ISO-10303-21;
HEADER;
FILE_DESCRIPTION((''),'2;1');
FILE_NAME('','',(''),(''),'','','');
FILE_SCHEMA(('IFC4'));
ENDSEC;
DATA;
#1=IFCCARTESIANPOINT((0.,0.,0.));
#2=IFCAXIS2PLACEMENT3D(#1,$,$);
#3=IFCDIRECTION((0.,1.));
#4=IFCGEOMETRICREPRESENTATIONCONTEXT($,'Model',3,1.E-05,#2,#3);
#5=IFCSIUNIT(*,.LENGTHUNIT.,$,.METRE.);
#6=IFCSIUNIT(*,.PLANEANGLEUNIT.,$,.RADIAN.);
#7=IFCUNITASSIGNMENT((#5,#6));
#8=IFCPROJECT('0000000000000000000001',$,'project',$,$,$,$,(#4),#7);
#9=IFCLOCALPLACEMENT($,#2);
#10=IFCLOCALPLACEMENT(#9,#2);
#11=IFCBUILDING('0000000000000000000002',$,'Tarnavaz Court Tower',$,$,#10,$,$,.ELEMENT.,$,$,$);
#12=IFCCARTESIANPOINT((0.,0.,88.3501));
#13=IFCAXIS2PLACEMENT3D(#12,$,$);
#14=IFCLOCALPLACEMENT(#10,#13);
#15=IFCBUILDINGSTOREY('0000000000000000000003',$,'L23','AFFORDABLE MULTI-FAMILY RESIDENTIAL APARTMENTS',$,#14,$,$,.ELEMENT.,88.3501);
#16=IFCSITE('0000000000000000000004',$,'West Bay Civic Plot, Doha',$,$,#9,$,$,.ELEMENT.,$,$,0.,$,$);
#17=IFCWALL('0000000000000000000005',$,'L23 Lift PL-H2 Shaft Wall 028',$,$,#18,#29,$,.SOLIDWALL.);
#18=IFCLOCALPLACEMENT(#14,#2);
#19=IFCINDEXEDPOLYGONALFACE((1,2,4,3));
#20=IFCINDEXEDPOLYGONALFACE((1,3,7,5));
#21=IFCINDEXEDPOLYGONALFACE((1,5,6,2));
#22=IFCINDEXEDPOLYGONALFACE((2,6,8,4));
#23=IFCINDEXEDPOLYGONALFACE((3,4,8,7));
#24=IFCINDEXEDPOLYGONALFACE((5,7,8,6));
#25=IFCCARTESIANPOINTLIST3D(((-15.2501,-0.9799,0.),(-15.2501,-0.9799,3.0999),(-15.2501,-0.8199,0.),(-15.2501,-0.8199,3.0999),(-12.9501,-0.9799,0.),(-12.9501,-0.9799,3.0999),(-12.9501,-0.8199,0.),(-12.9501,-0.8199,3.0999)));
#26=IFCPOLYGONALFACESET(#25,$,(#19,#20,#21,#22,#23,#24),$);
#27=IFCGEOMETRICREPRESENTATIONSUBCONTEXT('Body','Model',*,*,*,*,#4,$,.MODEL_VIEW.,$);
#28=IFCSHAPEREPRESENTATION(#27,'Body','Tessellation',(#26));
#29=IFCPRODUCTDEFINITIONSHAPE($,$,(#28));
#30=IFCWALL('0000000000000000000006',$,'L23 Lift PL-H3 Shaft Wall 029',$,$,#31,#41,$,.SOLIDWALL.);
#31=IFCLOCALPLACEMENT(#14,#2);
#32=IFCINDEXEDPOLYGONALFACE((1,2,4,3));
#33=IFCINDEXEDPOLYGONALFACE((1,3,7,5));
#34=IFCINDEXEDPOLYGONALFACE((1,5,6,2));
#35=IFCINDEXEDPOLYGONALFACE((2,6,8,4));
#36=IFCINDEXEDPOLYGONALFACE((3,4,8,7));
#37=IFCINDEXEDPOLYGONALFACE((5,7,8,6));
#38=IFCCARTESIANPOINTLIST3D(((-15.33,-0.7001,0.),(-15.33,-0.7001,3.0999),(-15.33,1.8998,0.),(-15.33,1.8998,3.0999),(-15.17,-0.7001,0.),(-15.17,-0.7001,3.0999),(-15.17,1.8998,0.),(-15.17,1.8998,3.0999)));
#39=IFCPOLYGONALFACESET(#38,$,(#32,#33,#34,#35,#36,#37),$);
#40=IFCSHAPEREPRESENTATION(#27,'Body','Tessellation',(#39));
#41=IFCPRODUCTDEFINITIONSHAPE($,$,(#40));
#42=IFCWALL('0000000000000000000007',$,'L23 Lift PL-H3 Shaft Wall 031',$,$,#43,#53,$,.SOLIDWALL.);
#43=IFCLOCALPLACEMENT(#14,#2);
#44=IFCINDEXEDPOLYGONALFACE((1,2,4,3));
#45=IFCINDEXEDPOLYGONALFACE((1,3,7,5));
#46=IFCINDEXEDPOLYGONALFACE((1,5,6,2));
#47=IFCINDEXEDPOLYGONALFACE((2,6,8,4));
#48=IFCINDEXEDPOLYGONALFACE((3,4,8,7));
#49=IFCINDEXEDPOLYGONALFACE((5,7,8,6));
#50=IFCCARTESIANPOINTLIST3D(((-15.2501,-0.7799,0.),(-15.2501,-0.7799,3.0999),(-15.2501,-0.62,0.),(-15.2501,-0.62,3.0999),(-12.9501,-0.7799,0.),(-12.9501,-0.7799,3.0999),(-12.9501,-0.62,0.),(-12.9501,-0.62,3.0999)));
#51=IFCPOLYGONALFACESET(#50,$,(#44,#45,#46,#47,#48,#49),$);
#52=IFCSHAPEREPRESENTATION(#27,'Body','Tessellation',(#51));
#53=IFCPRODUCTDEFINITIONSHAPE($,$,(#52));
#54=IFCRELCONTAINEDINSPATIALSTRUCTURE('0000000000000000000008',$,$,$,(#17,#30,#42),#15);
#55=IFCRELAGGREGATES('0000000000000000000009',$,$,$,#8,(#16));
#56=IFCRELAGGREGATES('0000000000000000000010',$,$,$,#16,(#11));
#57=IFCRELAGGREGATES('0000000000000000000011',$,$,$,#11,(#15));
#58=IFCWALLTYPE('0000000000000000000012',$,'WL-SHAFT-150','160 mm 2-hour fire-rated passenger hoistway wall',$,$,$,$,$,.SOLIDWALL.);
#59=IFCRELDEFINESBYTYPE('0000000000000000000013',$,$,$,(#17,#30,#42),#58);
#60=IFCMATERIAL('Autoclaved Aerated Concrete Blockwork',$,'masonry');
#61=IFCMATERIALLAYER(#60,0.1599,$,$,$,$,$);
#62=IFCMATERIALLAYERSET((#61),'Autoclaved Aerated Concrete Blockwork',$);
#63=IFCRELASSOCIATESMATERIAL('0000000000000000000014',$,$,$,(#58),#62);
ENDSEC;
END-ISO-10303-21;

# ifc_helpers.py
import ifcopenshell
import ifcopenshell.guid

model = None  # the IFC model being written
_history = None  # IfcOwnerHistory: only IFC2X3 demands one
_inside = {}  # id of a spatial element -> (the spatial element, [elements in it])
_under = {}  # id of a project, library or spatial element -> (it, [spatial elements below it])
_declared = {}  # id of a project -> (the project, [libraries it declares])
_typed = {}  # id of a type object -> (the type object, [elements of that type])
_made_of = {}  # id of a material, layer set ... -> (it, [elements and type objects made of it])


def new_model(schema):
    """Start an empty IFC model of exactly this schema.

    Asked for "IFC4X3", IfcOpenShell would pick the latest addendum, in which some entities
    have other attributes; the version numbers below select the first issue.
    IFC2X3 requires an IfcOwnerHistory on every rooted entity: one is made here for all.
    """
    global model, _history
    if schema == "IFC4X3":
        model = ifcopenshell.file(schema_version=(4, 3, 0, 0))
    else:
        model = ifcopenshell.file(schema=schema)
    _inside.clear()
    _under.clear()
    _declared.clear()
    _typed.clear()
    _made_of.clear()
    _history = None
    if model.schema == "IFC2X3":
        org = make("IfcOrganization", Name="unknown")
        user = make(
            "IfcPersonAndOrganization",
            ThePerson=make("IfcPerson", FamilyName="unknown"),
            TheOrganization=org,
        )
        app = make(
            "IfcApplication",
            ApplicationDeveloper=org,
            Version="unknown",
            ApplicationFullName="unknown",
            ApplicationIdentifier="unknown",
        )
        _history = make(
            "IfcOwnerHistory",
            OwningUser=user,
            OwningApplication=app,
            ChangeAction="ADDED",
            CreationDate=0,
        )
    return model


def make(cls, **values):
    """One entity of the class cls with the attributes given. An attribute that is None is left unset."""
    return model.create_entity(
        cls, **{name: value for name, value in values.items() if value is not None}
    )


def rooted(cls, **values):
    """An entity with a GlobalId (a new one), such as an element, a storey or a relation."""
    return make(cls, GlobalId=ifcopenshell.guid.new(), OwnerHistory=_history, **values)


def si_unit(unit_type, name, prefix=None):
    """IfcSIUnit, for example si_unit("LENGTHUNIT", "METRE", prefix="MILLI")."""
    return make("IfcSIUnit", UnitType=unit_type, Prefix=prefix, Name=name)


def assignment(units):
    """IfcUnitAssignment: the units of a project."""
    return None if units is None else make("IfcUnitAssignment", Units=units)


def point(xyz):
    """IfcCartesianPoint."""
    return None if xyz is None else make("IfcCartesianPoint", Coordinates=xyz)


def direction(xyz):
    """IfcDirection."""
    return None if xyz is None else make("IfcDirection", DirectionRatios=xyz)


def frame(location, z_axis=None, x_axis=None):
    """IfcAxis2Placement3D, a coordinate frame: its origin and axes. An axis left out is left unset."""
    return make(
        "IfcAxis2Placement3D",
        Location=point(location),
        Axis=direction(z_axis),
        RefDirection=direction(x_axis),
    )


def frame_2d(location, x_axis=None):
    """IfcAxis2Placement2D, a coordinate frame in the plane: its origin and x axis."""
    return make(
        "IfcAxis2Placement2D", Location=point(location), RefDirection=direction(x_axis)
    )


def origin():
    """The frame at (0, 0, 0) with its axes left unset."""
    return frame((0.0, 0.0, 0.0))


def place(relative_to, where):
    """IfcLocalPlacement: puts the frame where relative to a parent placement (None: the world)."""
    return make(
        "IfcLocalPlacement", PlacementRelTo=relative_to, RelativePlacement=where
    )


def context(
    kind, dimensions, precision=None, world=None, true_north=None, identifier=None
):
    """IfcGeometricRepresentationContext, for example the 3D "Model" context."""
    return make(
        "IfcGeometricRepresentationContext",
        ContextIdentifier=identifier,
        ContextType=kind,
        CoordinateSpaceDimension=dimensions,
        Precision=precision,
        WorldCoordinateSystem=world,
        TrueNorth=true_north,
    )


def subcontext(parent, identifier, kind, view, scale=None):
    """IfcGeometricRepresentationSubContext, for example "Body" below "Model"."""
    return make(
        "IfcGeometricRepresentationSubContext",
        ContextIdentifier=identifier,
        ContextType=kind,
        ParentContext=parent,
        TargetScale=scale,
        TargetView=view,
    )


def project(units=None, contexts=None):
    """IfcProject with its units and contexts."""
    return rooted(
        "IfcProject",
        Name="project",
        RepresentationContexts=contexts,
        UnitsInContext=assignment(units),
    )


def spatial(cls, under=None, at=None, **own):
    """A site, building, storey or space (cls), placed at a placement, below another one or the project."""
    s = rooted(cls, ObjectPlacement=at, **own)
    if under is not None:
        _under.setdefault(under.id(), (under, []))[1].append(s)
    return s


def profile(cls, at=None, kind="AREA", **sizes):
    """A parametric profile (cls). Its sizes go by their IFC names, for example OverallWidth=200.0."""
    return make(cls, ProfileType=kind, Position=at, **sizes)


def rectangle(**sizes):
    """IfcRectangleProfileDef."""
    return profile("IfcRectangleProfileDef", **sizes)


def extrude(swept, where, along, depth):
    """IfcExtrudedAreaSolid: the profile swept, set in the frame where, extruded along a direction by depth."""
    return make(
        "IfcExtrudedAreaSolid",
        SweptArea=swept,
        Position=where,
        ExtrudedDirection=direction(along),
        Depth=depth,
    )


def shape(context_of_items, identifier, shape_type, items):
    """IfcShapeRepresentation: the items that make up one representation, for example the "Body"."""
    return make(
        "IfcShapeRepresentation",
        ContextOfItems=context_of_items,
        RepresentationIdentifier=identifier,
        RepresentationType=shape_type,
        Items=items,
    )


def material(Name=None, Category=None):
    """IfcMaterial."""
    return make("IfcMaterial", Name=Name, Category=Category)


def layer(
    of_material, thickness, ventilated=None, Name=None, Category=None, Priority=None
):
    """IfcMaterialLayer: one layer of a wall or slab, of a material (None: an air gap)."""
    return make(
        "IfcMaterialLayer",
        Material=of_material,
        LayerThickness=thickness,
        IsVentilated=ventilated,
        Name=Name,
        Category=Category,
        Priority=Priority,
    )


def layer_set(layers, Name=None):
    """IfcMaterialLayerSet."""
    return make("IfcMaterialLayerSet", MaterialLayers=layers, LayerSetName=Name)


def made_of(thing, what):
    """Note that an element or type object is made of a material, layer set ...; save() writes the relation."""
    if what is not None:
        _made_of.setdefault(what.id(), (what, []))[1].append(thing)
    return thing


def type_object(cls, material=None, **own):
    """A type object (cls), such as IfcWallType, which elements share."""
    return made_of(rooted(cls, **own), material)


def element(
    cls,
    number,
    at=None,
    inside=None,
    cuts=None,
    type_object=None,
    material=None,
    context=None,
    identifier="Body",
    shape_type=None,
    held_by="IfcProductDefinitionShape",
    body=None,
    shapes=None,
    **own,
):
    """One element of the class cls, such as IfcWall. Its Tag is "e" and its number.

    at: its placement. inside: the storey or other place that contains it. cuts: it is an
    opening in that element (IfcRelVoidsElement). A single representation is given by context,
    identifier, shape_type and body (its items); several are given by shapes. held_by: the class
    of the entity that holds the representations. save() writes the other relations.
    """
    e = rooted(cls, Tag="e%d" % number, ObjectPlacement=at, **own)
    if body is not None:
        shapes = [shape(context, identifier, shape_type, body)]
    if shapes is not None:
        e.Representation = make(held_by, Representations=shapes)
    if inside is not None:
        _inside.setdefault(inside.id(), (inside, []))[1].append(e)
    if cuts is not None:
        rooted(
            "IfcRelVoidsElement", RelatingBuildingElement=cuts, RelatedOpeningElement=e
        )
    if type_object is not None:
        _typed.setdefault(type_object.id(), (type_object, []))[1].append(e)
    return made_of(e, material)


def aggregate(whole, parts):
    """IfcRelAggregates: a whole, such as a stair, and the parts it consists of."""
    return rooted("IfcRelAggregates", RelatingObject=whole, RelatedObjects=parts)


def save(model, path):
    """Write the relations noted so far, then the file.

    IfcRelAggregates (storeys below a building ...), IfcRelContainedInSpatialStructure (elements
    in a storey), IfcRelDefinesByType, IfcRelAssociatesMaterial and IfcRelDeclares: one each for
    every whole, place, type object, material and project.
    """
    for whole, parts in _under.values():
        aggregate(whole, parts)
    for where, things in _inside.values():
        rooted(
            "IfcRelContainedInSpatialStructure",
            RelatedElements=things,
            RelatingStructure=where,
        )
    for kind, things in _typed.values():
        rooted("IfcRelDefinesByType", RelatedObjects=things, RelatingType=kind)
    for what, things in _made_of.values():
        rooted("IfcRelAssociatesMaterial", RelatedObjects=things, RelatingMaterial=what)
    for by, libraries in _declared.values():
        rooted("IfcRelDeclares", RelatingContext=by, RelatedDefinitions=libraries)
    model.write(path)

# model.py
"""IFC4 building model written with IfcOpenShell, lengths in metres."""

from ifc_helpers import new_model, si_unit, direction, frame, frame_2d, origin, place, context, subcontext, project, spatial, rectangle, extrude, material, layer, layer_set, type_object, element, save


model = new_model("IFC4")

# Units and contexts
model_context = context("Model", 3, precision=1e-05, world=origin(), true_north=direction((0.0, 1.0)))
body_context = subcontext(model_context, "Body", "Model", "MODEL_VIEW")
ifc_project = project(units=[si_unit("LENGTHUNIT", "METRE"), si_unit("PLANEANGLEUNIT", "RADIAN")], contexts=[model_context])

# Site, building, storey
site_placement = place(None, origin())
site = spatial("IfcSite", under=ifc_project, at=site_placement, Name="West Bay Civic Plot, Doha", CompositionType="ELEMENT", RefElevation=0.0)
building_placement = place(site_placement, origin())
building = spatial("IfcBuilding", under=site, at=building_placement, Name="Tarnavaz Court Tower", CompositionType="ELEMENT")
storey_placement = place(building_placement, frame((0.0, 0.0, 88.3501)))
storey = spatial("IfcBuildingStorey", under=building, at=storey_placement, Name="L23", Description="AFFORDABLE MULTI-FAMILY RESIDENTIAL APARTMENTS", CompositionType="ELEMENT", Elevation=88.3501)

# Walls
ifc_material_1 = material(Name="Autoclaved Aerated Concrete Blockwork", Category="masonry")
ifc_layer_1 = layer(ifc_material_1, 0.1599)
ifc_layer_set_1 = layer_set([ifc_layer_1], Name="Autoclaved Aerated Concrete Blockwork")
wall_type_1 = type_object("IfcWallType", Name="WL-SHAFT-150", Description="160 mm 2-hour fire-rated passenger hoistway wall", PredefinedType="SOLIDWALL", material=ifc_layer_set_1)
for number, where, z_axis, x_axis, name in (
    (1, (-15.25, -0.8999, 0.0), (0.0, 0.0, 1.0), (1.0, 0.0, 0.0), "L23 Lift PL-H2 Shaft Wall 028"),
):
    element("IfcWall", number, at=place(storey_placement, frame(where, z_axis=z_axis, x_axis=x_axis)), inside=storey, type_object=wall_type_1, Name=name, PredefinedType="SOLIDWALL", context=body_context, shape_type="SweptSolid", body=[
        extrude(rectangle(XDim=2.3, YDim=0.1599, at=frame_2d((1.1499, 0.0))), origin(), (0.0, 0.0, 1.0), 3.0999),
    ])
wall_1_placement = place(storey_placement, frame((-15.25, -0.7, 0.0), z_axis=(0.0, 0.0, 1.0), x_axis=(0.0, 1.0, 0.0)))
element("IfcWall", 2, at=wall_1_placement, inside=storey, type_object=wall_type_1, Name="L23 Lift PL-H3 Shaft Wall 029", PredefinedType="SOLIDWALL", context=body_context, shape_type="SweptSolid", body=[
    extrude(rectangle(XDim=2.5999, YDim=0.1599, at=frame_2d((1.2998, 0.0))), origin(), (0.0, 0.0, 1.0), 3.0999),
])
wall_2_placement = place(storey_placement, frame((-15.25, -0.7, 0.0), z_axis=(0.0, 0.0, 1.0), x_axis=(1.0, 0.0, 0.0)))
element("IfcWall", 3, at=wall_2_placement, inside=storey, type_object=wall_type_1, Name="L23 Lift PL-H3 Shaft Wall 031", PredefinedType="SOLIDWALL", context=body_context, shape_type="SweptSolid", body=[
    extrude(rectangle(XDim=2.3, YDim=0.1599, at=frame_2d((1.1499, 0.0))), origin(), (0.0, 0.0, 1.0), 3.0999),
])

save(model, "model.ifc")
